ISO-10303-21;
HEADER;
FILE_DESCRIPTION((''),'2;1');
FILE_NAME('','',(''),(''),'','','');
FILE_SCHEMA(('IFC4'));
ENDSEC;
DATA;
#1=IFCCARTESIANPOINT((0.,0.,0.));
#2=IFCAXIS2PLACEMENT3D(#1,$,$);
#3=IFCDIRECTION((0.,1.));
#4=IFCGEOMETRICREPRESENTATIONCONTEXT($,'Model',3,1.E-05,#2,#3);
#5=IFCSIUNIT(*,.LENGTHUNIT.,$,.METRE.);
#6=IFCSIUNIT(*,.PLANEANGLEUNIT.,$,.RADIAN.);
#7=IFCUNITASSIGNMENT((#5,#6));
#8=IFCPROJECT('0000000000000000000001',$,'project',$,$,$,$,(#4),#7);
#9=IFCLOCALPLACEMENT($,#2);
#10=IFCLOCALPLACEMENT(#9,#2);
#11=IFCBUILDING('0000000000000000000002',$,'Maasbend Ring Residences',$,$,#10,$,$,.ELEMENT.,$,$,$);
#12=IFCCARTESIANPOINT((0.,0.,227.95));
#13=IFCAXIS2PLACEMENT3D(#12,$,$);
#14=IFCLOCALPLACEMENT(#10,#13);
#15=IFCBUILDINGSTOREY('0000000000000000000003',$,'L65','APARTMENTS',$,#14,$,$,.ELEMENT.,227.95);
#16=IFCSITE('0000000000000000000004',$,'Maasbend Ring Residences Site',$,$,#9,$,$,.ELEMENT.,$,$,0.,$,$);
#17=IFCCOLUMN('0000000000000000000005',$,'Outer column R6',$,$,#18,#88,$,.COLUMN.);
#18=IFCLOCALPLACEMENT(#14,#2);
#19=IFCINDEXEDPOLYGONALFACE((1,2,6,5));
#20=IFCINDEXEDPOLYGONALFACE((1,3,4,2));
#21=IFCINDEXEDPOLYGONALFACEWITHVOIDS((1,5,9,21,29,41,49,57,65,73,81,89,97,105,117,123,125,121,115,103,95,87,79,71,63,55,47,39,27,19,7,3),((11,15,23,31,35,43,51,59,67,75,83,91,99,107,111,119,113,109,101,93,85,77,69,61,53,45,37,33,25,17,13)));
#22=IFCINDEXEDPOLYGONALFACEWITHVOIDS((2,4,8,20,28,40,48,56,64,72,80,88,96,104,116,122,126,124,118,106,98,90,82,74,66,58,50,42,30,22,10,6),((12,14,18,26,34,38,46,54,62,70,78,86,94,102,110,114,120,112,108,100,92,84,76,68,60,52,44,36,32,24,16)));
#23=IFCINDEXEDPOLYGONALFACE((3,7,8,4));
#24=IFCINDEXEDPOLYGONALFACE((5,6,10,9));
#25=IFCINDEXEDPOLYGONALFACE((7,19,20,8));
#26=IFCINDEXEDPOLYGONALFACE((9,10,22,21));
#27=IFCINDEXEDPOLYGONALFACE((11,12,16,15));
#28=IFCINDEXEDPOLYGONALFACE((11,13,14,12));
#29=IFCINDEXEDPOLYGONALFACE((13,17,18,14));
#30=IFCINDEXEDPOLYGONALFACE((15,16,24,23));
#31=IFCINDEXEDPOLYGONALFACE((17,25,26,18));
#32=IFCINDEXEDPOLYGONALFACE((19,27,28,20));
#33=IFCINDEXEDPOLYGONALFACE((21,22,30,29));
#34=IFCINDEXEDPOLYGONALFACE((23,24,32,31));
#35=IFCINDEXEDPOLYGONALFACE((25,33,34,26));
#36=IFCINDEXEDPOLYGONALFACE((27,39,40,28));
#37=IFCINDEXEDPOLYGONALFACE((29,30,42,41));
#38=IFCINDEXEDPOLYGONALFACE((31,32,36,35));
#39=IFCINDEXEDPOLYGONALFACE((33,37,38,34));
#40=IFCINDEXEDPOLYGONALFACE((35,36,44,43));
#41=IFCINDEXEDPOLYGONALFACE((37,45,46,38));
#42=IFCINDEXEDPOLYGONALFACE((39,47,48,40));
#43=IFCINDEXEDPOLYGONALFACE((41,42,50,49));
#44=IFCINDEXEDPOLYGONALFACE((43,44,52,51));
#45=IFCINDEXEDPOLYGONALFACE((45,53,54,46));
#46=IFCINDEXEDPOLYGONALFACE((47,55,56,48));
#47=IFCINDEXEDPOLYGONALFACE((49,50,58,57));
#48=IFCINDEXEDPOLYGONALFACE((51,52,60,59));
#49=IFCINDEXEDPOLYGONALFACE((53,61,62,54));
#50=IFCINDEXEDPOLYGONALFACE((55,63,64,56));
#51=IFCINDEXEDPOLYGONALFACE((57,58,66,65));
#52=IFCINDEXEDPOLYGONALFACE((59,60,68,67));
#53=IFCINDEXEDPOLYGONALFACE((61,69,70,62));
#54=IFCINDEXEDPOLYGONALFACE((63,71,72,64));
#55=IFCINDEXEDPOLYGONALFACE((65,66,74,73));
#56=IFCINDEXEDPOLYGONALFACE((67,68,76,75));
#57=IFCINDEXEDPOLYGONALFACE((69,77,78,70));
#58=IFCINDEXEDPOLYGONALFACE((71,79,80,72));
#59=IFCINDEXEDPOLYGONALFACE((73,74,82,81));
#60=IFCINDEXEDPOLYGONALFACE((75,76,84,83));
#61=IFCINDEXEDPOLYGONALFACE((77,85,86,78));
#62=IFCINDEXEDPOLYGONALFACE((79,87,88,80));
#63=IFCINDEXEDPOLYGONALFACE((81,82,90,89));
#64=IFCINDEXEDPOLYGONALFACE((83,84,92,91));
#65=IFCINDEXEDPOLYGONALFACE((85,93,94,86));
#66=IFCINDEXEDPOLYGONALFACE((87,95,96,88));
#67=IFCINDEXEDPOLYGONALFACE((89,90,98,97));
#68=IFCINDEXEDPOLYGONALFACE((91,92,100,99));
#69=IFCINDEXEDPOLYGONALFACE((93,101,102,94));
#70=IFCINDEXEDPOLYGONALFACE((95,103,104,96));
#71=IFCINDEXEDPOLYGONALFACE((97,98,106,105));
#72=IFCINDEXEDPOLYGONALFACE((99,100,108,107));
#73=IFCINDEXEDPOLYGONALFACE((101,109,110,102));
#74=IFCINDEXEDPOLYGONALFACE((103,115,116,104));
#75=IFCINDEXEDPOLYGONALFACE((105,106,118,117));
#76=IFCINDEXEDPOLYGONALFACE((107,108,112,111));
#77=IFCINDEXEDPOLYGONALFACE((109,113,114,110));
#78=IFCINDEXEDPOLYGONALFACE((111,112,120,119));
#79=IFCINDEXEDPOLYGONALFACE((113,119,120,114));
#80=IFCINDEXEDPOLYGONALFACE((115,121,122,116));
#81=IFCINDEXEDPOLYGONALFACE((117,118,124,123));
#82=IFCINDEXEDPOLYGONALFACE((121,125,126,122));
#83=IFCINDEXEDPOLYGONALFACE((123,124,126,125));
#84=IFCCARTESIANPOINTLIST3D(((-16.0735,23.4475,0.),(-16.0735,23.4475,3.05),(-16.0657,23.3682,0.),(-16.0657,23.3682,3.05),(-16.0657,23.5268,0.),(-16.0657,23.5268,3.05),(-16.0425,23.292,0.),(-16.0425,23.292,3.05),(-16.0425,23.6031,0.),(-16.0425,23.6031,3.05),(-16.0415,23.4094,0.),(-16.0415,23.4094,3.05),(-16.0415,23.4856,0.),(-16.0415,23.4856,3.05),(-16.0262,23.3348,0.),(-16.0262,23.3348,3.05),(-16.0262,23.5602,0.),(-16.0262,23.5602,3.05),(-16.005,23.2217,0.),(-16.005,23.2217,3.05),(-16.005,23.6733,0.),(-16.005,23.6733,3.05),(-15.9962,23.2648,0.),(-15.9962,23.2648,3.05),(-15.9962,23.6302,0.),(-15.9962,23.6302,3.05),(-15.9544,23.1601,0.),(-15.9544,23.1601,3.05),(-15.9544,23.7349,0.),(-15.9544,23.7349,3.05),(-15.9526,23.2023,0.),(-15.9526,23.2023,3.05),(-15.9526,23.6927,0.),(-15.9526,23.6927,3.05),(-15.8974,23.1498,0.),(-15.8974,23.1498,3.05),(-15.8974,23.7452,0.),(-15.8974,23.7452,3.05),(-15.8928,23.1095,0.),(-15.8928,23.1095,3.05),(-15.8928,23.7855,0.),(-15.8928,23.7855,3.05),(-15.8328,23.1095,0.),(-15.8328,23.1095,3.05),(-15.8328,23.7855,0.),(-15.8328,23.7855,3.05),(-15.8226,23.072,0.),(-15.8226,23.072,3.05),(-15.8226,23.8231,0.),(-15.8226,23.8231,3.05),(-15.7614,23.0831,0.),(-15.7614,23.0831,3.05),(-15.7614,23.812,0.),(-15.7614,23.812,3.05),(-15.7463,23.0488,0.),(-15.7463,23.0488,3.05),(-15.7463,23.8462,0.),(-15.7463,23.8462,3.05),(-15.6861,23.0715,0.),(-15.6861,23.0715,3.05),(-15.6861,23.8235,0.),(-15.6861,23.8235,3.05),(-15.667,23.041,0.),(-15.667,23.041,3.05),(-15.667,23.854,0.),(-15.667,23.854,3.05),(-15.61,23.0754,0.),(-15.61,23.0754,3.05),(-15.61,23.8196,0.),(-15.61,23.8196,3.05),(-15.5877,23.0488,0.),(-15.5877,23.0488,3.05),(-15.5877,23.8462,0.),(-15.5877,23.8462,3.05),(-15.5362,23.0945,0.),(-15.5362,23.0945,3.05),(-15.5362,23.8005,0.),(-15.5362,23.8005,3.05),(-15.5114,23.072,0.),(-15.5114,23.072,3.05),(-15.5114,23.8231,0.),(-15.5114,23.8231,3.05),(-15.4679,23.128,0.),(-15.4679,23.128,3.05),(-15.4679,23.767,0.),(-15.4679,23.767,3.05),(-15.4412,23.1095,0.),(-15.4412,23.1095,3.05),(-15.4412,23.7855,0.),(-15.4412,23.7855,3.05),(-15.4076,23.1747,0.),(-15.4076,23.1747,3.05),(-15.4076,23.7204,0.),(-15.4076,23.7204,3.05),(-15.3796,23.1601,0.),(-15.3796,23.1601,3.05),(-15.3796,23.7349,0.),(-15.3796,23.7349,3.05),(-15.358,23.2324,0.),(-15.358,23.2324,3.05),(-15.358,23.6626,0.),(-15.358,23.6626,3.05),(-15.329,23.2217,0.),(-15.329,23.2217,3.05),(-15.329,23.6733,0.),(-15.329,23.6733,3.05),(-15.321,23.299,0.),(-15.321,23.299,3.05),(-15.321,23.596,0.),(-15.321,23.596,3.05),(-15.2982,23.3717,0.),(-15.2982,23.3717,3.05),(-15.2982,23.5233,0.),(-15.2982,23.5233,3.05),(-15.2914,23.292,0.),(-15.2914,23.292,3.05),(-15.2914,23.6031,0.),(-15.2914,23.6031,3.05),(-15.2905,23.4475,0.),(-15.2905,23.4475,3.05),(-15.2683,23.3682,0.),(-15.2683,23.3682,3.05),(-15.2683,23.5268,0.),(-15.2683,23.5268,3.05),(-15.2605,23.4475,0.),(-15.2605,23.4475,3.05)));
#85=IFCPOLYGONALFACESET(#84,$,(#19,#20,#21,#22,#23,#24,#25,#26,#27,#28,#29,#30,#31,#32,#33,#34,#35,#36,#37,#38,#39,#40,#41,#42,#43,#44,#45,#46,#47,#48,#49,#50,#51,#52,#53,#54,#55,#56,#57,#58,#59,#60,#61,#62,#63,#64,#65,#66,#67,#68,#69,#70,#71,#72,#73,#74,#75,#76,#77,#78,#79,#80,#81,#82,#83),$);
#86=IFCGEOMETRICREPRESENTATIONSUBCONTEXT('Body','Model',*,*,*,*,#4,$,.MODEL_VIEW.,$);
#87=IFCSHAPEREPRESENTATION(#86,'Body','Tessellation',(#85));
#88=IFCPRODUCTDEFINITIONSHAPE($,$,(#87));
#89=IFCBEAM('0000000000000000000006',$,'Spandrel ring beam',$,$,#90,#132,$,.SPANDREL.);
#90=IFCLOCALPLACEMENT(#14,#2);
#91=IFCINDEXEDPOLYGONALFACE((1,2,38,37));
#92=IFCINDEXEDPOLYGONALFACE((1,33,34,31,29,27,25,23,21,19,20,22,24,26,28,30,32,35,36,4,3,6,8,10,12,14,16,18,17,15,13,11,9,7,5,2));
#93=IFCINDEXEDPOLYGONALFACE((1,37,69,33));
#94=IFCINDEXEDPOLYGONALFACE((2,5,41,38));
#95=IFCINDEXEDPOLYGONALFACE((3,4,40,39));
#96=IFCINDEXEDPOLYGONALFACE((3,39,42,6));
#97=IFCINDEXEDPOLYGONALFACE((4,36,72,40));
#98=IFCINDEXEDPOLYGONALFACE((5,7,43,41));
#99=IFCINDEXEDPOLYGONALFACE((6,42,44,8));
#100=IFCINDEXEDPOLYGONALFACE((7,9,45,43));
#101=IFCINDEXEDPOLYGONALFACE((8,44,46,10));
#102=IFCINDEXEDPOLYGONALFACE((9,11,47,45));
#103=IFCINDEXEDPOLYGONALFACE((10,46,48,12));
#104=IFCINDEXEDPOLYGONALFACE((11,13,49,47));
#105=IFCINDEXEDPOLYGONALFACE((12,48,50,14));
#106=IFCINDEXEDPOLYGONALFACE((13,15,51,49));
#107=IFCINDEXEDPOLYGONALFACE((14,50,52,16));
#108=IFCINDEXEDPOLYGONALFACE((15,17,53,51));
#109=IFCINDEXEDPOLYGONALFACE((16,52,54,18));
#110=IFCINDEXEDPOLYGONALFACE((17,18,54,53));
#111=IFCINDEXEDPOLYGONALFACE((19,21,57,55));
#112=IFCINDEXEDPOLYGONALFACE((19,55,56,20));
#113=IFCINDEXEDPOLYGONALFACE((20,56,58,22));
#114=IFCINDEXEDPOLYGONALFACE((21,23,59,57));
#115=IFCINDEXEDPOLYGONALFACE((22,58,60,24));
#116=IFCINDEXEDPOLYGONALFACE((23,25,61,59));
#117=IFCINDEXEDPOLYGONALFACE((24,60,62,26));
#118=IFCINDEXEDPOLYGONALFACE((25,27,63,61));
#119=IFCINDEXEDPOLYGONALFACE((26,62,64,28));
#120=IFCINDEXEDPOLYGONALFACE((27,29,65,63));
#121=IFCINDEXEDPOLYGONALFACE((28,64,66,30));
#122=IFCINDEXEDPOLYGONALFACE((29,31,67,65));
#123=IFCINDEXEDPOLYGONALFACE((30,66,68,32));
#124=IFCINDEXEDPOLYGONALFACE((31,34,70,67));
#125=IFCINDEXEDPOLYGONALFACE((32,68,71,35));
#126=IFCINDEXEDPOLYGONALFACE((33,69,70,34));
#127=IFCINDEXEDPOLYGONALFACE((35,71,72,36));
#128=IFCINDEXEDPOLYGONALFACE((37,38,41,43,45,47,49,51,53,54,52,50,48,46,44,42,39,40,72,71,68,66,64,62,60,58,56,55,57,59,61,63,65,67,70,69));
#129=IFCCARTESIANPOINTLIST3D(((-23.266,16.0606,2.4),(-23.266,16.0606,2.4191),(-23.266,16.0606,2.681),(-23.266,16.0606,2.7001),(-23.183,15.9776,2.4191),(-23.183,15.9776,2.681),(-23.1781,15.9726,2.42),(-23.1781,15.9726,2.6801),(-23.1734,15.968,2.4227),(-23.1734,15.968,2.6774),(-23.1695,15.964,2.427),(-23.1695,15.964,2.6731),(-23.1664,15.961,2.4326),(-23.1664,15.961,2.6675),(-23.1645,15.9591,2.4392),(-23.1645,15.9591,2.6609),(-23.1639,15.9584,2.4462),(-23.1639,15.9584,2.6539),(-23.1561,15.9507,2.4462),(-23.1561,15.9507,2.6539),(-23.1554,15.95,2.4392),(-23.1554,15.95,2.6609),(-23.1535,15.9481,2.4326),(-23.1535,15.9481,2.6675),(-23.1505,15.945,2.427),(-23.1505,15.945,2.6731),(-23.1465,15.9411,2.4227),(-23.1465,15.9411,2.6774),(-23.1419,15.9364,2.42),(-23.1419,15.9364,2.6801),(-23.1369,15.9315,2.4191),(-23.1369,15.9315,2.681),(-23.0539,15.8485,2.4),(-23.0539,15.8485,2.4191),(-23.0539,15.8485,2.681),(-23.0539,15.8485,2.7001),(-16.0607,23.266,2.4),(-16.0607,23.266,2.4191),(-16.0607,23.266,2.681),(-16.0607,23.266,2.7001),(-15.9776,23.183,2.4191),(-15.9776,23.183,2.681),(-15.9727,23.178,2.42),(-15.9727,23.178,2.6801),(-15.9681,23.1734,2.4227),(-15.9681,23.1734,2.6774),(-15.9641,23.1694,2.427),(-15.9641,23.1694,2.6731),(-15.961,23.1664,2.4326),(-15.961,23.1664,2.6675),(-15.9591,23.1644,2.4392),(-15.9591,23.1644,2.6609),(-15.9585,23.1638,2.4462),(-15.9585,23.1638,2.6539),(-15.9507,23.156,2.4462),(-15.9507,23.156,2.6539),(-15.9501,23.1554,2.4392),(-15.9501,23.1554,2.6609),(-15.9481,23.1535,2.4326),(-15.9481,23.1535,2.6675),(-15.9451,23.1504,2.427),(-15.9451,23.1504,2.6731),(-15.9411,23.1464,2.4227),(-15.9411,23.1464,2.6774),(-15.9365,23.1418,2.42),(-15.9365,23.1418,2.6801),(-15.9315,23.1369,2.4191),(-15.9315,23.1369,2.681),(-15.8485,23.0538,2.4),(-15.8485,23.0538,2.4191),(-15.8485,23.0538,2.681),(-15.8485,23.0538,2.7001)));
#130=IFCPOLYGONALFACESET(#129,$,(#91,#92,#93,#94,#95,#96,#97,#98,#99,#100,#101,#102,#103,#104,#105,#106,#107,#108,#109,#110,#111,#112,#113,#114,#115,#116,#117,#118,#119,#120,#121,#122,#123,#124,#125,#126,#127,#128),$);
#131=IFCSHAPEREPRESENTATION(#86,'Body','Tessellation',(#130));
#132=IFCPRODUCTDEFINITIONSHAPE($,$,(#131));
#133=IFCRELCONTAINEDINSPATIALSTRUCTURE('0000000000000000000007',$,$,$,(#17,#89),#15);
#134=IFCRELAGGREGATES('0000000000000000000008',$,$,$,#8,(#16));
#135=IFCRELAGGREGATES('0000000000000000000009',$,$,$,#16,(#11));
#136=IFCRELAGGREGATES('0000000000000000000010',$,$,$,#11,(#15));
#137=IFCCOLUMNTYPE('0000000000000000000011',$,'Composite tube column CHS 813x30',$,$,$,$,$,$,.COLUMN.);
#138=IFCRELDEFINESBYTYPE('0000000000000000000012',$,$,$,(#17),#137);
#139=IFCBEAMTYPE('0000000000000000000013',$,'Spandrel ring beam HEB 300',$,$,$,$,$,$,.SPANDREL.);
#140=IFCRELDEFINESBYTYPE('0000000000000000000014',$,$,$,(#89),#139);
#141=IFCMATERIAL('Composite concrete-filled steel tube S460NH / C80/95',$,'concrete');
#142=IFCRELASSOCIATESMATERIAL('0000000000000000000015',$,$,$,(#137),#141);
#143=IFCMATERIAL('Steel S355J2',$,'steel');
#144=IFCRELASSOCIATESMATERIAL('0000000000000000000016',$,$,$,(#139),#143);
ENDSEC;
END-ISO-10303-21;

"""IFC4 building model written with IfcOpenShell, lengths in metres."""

from ifc_helpers import new_model, si_unit, direction, frame, origin, origin_2d, place, context, subcontext, project, spatial, hollow_circle, i_section, extrude, material, material_profile, profile_set, type_object, element, save


model = new_model("IFC4")

# Units and contexts
model_context = context("Model", 3, precision=1e-05, world=origin(), true_north=direction((0.0, 1.0)))
body_context = subcontext(model_context, "Body", "Model", "MODEL_VIEW")
ifc_project = project(units=[si_unit("LENGTHUNIT", "METRE"), si_unit("PLANEANGLEUNIT", "RADIAN")], contexts=[model_context])

# Site, building, storey
site_placement = place(None, origin())
site = spatial("IfcSite", under=ifc_project, at=site_placement, Name="Maasbend Ring Residences Site", CompositionType="ELEMENT", RefElevation=0.0)
building_placement = place(site_placement, origin())
building = spatial("IfcBuilding", under=site, at=building_placement, Name="Maasbend Ring Residences", CompositionType="ELEMENT")
storey_placement = place(building_placement, frame((0.0, 0.0, 227.95)))
storey = spatial("IfcBuildingStorey", under=building, at=storey_placement, Name="L65", Description="APARTMENTS", CompositionType="ELEMENT", Elevation=227.95)

# Column
ifc_material_1 = material(Name="Composite concrete-filled steel tube S460NH / C80/95", Category="concrete")
ifc_material_profile_1 = material_profile(ifc_material_1, hollow_circle(Radius=0.4065, WallThickness=0.03, at=origin_2d()), Name="Composite tube column CHS 813x30")
ifc_profile_set_1 = profile_set([ifc_material_profile_1], Name="Composite concrete-filled steel tube S460NH / C80/95")
column_type = type_object("IfcColumnType", Name="Composite tube column CHS 813x30", PredefinedType="COLUMN", material=ifc_profile_set_1)
column_placement = place(storey_placement, frame((-15.667, 23.4475, 0.0), z_axis=(0.0, 0.0, 1.0), x_axis=(1.0, 0.0, 0.0)))
element("IfcColumn", 1, at=column_placement, inside=storey, type_object=column_type, Name="Outer column R6", PredefinedType="COLUMN", context=body_context, shape_type="SweptSolid", body=[
    extrude(hollow_circle(Radius=0.4065, WallThickness=0.03, at=origin_2d()), origin(), (0.0, 0.0, 1.0), 3.05),
])

# Beam
ifc_material_2 = material(Name="Steel S355J2", Category="steel")
ifc_material_profile_2 = material_profile(ifc_material_2, i_section(OverallWidth=0.3, OverallDepth=0.3, WebThickness=0.011, FlangeThickness=0.019, FilletRadius=0.0271, at=origin_2d()), Name="HEB 300")
ifc_profile_set_2 = profile_set([ifc_material_profile_2], Name="Steel S355J2")
beam_type = type_object("IfcBeamType", Name="Spandrel ring beam HEB 300", PredefinedType="SPANDREL", material=ifc_profile_set_2)
beam_placement = place(storey_placement, frame((-15.9546, 23.1599, 2.55), z_axis=(-0.707107, -0.707107, 0.0), x_axis=(0.707107, -0.707107, 0.0)))
element("IfcBeam", 2, at=beam_placement, inside=storey, type_object=beam_type, Name="Spandrel ring beam", PredefinedType="SPANDREL", context=body_context, shape_type="SweptSolid", body=[
    extrude(i_section(OverallWidth=0.3, OverallDepth=0.3, WebThickness=0.011, FlangeThickness=0.019, FilletRadius=0.0271, at=origin_2d()), origin(), (0.0, 0.0, 1.0), 10.1899),
])

save(model, "model.ifc")
